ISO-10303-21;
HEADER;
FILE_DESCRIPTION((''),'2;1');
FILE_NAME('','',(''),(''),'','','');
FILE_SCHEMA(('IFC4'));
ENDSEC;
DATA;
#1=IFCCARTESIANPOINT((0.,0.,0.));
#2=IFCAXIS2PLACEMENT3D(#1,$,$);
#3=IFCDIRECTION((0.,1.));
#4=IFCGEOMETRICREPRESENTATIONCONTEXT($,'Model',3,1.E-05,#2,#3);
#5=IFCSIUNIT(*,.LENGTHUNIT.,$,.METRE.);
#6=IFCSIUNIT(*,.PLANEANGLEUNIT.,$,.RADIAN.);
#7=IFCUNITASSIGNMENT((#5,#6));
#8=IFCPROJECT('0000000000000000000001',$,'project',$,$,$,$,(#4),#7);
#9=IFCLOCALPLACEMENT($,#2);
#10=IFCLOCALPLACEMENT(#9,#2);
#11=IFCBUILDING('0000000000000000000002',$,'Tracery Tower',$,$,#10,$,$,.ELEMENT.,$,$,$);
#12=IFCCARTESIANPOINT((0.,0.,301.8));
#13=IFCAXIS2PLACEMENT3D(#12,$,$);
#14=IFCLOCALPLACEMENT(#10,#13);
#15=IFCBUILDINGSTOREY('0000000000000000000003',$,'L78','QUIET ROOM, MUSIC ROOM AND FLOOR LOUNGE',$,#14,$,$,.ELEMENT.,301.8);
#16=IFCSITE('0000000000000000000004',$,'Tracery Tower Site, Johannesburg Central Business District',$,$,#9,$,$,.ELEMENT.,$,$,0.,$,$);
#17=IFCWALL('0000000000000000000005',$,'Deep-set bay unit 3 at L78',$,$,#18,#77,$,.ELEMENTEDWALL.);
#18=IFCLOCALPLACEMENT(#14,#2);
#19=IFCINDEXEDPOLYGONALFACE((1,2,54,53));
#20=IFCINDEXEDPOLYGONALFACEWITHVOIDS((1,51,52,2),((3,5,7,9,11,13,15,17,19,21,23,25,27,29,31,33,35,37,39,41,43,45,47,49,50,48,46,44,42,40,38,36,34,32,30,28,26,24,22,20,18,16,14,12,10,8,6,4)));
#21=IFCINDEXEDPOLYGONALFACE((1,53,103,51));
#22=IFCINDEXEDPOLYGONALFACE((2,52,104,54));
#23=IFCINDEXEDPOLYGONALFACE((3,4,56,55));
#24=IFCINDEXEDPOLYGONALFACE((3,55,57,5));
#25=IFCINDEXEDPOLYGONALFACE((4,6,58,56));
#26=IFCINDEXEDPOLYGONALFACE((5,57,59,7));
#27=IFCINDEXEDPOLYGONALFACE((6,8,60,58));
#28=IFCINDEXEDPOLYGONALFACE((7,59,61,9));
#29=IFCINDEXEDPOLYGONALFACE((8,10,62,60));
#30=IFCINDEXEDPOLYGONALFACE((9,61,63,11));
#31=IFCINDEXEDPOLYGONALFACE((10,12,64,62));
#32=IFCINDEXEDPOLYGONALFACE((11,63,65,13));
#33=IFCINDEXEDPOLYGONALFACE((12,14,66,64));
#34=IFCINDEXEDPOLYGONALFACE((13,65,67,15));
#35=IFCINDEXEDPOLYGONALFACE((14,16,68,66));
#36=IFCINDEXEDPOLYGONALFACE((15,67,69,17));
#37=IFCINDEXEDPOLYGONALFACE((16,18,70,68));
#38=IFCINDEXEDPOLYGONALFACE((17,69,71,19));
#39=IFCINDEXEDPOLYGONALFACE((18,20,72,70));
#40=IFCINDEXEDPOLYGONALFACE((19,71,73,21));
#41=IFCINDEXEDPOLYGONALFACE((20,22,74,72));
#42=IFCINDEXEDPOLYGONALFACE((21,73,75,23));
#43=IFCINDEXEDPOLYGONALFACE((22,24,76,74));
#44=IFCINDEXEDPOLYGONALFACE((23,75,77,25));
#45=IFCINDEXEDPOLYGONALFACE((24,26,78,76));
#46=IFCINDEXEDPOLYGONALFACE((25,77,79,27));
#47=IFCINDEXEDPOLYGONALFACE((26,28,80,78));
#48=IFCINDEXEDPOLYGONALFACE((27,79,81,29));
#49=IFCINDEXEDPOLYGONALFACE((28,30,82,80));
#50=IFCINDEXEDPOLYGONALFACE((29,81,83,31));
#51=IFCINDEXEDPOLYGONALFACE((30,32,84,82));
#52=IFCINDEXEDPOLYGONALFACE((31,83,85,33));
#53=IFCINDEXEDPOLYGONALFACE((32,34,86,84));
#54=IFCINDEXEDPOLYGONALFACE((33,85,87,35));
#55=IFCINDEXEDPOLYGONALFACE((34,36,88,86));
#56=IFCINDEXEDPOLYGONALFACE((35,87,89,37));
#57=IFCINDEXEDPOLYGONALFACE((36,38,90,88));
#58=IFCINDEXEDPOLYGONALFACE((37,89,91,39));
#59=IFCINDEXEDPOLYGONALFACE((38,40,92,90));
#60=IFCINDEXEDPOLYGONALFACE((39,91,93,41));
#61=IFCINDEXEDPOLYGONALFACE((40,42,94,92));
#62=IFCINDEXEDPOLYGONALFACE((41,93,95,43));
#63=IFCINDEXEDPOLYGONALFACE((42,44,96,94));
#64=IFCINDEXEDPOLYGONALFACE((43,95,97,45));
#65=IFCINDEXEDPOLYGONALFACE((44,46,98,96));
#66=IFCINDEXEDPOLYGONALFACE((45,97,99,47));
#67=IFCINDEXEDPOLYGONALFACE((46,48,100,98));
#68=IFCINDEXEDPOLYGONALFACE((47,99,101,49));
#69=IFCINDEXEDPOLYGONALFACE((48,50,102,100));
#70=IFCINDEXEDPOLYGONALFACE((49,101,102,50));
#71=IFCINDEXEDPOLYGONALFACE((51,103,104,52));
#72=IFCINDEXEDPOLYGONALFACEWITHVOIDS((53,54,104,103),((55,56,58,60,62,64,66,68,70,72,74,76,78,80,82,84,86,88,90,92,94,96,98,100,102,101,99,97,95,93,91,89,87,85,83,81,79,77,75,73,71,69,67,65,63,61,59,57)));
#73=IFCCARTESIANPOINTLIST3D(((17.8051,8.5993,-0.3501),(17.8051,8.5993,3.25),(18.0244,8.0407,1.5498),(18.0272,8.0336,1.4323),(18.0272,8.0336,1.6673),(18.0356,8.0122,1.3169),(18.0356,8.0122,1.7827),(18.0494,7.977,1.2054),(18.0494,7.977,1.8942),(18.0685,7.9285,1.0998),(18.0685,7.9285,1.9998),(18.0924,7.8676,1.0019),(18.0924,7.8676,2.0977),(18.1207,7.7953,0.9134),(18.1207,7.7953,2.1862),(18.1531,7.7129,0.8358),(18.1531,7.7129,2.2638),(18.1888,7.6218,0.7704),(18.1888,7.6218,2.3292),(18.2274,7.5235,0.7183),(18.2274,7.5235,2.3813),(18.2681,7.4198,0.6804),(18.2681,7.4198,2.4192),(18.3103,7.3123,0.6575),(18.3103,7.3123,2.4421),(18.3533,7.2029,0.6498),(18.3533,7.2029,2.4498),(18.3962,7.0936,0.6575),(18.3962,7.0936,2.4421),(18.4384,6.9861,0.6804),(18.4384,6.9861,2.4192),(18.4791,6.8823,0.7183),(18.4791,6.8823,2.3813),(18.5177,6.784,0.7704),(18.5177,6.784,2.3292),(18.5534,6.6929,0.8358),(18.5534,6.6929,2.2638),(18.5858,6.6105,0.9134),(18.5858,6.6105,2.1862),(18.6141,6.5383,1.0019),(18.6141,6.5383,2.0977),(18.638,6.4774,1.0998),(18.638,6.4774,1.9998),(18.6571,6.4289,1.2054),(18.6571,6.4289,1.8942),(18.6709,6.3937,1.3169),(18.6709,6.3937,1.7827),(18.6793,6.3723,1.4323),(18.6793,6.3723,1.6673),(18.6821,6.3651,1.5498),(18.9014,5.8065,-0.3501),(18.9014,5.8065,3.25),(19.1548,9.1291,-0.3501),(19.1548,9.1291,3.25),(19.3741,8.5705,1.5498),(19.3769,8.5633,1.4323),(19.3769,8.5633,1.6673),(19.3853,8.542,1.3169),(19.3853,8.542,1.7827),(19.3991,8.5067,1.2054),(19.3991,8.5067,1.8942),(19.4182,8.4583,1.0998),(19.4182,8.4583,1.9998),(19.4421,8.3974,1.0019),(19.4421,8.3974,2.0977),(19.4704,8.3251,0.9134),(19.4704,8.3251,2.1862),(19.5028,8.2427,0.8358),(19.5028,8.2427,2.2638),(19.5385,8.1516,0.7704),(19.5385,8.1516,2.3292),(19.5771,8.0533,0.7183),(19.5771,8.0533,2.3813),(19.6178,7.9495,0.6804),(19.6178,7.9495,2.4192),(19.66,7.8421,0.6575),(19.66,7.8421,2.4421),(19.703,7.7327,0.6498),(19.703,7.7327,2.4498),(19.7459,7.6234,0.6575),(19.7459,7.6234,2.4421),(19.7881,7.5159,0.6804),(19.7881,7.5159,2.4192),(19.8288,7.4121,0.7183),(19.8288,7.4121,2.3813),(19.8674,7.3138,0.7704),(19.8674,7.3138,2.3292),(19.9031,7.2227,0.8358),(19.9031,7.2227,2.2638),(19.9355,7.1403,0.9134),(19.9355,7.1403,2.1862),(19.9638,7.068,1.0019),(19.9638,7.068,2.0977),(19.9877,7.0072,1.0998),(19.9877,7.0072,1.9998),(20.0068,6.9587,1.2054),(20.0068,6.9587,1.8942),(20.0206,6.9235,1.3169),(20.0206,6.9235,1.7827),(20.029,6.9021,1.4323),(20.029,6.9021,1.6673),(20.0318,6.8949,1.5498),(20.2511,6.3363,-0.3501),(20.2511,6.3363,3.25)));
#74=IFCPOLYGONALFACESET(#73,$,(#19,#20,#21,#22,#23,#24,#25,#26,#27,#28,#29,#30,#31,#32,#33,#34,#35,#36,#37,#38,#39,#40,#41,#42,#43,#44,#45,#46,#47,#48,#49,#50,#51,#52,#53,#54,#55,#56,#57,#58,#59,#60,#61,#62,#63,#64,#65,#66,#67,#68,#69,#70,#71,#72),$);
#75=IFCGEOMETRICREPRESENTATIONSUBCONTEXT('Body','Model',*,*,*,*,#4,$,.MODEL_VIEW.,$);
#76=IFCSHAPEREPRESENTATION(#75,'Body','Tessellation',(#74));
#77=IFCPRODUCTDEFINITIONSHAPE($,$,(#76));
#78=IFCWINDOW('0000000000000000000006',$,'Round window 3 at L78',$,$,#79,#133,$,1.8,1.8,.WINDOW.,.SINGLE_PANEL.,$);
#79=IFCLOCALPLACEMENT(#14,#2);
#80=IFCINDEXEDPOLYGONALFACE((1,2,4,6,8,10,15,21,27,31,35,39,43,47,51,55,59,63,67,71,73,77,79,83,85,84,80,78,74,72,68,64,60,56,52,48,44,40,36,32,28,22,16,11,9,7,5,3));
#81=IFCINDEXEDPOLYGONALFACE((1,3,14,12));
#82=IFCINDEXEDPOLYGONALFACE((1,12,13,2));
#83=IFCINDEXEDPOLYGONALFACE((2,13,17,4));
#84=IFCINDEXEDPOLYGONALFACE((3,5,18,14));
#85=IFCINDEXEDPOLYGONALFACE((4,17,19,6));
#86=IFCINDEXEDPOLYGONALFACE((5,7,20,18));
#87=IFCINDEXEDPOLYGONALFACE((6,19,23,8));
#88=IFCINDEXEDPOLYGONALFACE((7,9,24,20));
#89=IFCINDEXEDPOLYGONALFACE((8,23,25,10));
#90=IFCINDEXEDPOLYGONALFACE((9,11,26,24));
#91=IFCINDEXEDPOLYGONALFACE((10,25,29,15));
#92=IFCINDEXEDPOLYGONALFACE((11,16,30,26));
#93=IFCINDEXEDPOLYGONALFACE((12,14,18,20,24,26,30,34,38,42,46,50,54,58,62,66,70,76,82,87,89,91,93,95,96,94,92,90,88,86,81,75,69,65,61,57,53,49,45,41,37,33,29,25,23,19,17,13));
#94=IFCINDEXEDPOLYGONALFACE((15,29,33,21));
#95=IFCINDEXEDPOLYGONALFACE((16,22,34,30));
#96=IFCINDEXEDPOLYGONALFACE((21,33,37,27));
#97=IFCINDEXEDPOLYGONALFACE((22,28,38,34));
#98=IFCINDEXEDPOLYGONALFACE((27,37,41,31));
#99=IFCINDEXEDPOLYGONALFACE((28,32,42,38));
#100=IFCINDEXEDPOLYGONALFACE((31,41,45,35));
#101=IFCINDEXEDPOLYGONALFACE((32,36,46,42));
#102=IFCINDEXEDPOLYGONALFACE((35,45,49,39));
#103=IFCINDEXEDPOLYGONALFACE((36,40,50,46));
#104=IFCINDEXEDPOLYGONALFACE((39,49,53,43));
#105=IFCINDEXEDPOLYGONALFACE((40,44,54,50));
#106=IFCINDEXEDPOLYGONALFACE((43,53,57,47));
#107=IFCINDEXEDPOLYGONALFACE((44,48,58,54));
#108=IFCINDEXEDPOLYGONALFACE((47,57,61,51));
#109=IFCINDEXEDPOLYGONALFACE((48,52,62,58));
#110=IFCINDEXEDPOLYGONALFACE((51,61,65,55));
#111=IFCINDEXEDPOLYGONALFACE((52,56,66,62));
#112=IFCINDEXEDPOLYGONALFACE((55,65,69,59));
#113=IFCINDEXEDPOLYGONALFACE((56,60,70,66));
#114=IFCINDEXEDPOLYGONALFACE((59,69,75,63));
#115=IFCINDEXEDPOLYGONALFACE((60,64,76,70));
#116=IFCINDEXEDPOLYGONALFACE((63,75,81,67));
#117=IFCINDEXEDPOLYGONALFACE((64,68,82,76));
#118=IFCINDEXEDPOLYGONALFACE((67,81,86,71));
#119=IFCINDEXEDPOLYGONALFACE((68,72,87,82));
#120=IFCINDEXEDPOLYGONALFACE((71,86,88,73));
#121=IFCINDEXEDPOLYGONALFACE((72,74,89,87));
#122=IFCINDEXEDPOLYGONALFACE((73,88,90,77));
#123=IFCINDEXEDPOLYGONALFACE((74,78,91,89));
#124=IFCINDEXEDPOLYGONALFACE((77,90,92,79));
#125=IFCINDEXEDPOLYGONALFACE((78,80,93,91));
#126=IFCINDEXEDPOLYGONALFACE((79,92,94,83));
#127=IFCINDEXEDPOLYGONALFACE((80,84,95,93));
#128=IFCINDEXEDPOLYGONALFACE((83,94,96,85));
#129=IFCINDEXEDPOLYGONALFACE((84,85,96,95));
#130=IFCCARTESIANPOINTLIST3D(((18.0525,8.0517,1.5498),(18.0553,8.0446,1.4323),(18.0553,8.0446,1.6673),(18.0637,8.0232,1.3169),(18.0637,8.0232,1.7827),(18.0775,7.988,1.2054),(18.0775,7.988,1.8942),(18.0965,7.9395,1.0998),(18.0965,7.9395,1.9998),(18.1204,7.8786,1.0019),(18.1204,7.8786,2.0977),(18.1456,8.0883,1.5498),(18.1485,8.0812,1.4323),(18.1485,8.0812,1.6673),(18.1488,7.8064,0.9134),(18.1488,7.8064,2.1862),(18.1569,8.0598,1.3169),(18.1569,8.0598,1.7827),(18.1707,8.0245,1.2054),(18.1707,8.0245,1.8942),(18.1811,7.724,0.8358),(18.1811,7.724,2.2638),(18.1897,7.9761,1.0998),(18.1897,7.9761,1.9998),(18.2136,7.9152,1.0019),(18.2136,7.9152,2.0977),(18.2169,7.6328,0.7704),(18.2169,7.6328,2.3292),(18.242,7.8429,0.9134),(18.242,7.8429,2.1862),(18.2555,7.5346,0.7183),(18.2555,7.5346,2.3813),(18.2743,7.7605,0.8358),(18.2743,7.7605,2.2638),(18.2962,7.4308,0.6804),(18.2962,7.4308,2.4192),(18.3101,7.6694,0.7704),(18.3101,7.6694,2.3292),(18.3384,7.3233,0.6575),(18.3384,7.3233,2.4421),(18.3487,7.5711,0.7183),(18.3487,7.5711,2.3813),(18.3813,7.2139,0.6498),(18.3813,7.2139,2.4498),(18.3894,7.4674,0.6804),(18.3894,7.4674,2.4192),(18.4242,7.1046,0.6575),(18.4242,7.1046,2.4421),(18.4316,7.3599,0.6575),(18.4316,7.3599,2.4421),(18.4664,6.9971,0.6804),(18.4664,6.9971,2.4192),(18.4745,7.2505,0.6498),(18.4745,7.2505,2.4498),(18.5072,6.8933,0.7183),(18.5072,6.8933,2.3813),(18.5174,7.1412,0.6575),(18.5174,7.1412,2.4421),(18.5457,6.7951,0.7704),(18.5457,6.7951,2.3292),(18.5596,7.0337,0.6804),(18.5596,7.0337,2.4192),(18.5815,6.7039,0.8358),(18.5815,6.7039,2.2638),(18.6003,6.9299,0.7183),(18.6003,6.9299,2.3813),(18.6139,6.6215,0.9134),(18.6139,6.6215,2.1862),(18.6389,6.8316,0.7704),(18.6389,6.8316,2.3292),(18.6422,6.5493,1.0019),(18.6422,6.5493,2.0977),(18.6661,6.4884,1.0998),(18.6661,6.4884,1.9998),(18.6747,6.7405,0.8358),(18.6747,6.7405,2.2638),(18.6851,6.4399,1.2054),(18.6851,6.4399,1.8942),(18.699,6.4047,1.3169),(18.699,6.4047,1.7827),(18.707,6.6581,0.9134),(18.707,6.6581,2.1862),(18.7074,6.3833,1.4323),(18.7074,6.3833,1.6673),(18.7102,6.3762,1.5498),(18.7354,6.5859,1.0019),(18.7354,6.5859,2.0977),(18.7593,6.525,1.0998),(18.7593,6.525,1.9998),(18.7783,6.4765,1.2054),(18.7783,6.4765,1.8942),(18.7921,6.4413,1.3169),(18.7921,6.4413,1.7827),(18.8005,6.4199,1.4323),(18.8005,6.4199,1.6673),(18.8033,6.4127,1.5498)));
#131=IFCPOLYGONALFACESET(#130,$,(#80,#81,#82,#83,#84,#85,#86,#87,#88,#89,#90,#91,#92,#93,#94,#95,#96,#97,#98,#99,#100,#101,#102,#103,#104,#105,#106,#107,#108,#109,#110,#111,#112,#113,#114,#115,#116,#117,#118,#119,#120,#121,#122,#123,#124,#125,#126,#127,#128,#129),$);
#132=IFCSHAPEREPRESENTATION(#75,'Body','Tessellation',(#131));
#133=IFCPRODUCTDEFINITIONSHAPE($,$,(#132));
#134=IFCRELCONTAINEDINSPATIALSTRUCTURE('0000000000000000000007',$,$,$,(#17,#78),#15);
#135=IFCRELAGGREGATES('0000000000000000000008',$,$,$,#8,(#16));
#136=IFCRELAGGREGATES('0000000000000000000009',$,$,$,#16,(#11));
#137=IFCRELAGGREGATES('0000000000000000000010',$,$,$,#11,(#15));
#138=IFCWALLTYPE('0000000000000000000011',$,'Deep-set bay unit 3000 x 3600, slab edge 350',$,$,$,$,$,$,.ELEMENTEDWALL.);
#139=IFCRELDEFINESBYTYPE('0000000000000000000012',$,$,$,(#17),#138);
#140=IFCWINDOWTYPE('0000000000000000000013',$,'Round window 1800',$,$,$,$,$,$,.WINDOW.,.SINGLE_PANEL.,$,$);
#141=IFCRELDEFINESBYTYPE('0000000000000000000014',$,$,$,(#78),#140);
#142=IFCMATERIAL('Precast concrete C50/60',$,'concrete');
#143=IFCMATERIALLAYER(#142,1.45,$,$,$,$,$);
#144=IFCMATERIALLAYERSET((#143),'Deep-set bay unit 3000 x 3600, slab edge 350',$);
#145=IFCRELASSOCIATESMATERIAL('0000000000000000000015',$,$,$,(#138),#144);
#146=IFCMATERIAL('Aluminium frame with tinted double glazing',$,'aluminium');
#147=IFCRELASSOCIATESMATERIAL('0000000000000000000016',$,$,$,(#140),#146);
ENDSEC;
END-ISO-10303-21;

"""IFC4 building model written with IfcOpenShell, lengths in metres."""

from ifc_helpers import new_model, si_unit, direction, frame, frame_2d, origin, origin_2d, place, context, subcontext, project, spatial, rectangle, circle, extrude, material, layer, layer_set, type_object, element, fill, save


model = new_model("IFC4")

# Units and contexts
model_context = context("Model", 3, precision=1e-05, world=origin(), true_north=direction((0.0, 1.0)))
body_context = subcontext(model_context, "Body", "Model", "MODEL_VIEW")
ifc_project = project(units=[si_unit("LENGTHUNIT", "METRE"), si_unit("PLANEANGLEUNIT", "RADIAN")], contexts=[model_context])

# Site, building, storey
site_placement = place(None, origin())
site = spatial("IfcSite", under=ifc_project, at=site_placement, Name="Tracery Tower Site, Johannesburg Central Business District", CompositionType="ELEMENT", RefElevation=0.0)
building_placement = place(site_placement, origin())
building = spatial("IfcBuilding", under=site, at=building_placement, Name="Tracery Tower", CompositionType="ELEMENT")
storey_placement = place(building_placement, frame((0.0, 0.0, 301.8)))
storey = spatial("IfcBuildingStorey", under=building, at=storey_placement, Name="L78", Description="QUIET ROOM, MUSIC ROOM AND FLOOR LOUNGE", CompositionType="ELEMENT", Elevation=301.8)

# Wall, opening, window
ifc_material_1 = material(Name="Precast concrete C50/60", Category="concrete")
ifc_layer_1 = layer(ifc_material_1, 1.45)
ifc_layer_set_1 = layer_set([ifc_layer_1], Name="Deep-set bay unit 3000 x 3600, slab edge 350")
wall_type_1 = type_object("IfcWallType", Name="Deep-set bay unit 3000 x 3600, slab edge 350", PredefinedType="ELEMENTEDWALL", material=ifc_layer_set_1)
wall_1_placement = place(storey_placement, frame((19.5762, 6.0715, -0.3501), z_axis=(0.0, 0.0, 1.0), x_axis=(-0.365378, 0.930859, 0.0)))
wall_1 = element("IfcWall", 1, at=wall_1_placement, inside=storey, type_object=wall_type_1, Name="Deep-set bay unit 3 at L78", PredefinedType="ELEMENTEDWALL", context=body_context, shape_type="SweptSolid", body=[
    extrude(rectangle(XDim=3.0002, YDim=1.45, at=frame_2d((1.5, 0.0))), origin(), (0.0, 0.0, 1.0), 3.6001),
])
opening_1_placement = place(wall_1_placement, frame((1.5, 0.0, 1.8999)))
opening_1 = element("IfcOpeningElement", 2, at=opening_1_placement, cuts=wall_1, PredefinedType="OPENING", context=body_context, shape_type="SweptSolid", body=[
    extrude(circle(Radius=0.9, at=origin_2d()), frame((0.0, 0.7349, 0.0), z_axis=(0.0, -1.0, 0.0), x_axis=(1.0, 0.0, 0.0)), (0.0, 0.0, 1.0), 1.47),
])
ifc_material_2 = material(Name="Aluminium frame with tinted double glazing", Category="aluminium")
window_type = type_object("IfcWindowType", Name="Round window 1800", PartitioningType="SINGLE_PANEL", PredefinedType="WINDOW", material=ifc_material_2)
window_1_placement = place(opening_1_placement, origin())
window_1 = element("IfcWindow", 3, at=window_1_placement, inside=storey, type_object=window_type, Name="Round window 3 at L78", OverallHeight=1.8, OverallWidth=1.8, PartitioningType="SINGLE_PANEL", PredefinedType="WINDOW", context=body_context, shape_type="SweptSolid", body=[
    extrude(circle(Radius=0.9, at=origin_2d()), frame((0.0, 0.6948, 0.0), z_axis=(0.0, -1.0, 0.0), x_axis=(1.0, 0.0, 0.0)), (0.0, 0.0, 1.0), 0.1001),
])
fill(opening_1, window_1)

save(model, "model.ifc")
